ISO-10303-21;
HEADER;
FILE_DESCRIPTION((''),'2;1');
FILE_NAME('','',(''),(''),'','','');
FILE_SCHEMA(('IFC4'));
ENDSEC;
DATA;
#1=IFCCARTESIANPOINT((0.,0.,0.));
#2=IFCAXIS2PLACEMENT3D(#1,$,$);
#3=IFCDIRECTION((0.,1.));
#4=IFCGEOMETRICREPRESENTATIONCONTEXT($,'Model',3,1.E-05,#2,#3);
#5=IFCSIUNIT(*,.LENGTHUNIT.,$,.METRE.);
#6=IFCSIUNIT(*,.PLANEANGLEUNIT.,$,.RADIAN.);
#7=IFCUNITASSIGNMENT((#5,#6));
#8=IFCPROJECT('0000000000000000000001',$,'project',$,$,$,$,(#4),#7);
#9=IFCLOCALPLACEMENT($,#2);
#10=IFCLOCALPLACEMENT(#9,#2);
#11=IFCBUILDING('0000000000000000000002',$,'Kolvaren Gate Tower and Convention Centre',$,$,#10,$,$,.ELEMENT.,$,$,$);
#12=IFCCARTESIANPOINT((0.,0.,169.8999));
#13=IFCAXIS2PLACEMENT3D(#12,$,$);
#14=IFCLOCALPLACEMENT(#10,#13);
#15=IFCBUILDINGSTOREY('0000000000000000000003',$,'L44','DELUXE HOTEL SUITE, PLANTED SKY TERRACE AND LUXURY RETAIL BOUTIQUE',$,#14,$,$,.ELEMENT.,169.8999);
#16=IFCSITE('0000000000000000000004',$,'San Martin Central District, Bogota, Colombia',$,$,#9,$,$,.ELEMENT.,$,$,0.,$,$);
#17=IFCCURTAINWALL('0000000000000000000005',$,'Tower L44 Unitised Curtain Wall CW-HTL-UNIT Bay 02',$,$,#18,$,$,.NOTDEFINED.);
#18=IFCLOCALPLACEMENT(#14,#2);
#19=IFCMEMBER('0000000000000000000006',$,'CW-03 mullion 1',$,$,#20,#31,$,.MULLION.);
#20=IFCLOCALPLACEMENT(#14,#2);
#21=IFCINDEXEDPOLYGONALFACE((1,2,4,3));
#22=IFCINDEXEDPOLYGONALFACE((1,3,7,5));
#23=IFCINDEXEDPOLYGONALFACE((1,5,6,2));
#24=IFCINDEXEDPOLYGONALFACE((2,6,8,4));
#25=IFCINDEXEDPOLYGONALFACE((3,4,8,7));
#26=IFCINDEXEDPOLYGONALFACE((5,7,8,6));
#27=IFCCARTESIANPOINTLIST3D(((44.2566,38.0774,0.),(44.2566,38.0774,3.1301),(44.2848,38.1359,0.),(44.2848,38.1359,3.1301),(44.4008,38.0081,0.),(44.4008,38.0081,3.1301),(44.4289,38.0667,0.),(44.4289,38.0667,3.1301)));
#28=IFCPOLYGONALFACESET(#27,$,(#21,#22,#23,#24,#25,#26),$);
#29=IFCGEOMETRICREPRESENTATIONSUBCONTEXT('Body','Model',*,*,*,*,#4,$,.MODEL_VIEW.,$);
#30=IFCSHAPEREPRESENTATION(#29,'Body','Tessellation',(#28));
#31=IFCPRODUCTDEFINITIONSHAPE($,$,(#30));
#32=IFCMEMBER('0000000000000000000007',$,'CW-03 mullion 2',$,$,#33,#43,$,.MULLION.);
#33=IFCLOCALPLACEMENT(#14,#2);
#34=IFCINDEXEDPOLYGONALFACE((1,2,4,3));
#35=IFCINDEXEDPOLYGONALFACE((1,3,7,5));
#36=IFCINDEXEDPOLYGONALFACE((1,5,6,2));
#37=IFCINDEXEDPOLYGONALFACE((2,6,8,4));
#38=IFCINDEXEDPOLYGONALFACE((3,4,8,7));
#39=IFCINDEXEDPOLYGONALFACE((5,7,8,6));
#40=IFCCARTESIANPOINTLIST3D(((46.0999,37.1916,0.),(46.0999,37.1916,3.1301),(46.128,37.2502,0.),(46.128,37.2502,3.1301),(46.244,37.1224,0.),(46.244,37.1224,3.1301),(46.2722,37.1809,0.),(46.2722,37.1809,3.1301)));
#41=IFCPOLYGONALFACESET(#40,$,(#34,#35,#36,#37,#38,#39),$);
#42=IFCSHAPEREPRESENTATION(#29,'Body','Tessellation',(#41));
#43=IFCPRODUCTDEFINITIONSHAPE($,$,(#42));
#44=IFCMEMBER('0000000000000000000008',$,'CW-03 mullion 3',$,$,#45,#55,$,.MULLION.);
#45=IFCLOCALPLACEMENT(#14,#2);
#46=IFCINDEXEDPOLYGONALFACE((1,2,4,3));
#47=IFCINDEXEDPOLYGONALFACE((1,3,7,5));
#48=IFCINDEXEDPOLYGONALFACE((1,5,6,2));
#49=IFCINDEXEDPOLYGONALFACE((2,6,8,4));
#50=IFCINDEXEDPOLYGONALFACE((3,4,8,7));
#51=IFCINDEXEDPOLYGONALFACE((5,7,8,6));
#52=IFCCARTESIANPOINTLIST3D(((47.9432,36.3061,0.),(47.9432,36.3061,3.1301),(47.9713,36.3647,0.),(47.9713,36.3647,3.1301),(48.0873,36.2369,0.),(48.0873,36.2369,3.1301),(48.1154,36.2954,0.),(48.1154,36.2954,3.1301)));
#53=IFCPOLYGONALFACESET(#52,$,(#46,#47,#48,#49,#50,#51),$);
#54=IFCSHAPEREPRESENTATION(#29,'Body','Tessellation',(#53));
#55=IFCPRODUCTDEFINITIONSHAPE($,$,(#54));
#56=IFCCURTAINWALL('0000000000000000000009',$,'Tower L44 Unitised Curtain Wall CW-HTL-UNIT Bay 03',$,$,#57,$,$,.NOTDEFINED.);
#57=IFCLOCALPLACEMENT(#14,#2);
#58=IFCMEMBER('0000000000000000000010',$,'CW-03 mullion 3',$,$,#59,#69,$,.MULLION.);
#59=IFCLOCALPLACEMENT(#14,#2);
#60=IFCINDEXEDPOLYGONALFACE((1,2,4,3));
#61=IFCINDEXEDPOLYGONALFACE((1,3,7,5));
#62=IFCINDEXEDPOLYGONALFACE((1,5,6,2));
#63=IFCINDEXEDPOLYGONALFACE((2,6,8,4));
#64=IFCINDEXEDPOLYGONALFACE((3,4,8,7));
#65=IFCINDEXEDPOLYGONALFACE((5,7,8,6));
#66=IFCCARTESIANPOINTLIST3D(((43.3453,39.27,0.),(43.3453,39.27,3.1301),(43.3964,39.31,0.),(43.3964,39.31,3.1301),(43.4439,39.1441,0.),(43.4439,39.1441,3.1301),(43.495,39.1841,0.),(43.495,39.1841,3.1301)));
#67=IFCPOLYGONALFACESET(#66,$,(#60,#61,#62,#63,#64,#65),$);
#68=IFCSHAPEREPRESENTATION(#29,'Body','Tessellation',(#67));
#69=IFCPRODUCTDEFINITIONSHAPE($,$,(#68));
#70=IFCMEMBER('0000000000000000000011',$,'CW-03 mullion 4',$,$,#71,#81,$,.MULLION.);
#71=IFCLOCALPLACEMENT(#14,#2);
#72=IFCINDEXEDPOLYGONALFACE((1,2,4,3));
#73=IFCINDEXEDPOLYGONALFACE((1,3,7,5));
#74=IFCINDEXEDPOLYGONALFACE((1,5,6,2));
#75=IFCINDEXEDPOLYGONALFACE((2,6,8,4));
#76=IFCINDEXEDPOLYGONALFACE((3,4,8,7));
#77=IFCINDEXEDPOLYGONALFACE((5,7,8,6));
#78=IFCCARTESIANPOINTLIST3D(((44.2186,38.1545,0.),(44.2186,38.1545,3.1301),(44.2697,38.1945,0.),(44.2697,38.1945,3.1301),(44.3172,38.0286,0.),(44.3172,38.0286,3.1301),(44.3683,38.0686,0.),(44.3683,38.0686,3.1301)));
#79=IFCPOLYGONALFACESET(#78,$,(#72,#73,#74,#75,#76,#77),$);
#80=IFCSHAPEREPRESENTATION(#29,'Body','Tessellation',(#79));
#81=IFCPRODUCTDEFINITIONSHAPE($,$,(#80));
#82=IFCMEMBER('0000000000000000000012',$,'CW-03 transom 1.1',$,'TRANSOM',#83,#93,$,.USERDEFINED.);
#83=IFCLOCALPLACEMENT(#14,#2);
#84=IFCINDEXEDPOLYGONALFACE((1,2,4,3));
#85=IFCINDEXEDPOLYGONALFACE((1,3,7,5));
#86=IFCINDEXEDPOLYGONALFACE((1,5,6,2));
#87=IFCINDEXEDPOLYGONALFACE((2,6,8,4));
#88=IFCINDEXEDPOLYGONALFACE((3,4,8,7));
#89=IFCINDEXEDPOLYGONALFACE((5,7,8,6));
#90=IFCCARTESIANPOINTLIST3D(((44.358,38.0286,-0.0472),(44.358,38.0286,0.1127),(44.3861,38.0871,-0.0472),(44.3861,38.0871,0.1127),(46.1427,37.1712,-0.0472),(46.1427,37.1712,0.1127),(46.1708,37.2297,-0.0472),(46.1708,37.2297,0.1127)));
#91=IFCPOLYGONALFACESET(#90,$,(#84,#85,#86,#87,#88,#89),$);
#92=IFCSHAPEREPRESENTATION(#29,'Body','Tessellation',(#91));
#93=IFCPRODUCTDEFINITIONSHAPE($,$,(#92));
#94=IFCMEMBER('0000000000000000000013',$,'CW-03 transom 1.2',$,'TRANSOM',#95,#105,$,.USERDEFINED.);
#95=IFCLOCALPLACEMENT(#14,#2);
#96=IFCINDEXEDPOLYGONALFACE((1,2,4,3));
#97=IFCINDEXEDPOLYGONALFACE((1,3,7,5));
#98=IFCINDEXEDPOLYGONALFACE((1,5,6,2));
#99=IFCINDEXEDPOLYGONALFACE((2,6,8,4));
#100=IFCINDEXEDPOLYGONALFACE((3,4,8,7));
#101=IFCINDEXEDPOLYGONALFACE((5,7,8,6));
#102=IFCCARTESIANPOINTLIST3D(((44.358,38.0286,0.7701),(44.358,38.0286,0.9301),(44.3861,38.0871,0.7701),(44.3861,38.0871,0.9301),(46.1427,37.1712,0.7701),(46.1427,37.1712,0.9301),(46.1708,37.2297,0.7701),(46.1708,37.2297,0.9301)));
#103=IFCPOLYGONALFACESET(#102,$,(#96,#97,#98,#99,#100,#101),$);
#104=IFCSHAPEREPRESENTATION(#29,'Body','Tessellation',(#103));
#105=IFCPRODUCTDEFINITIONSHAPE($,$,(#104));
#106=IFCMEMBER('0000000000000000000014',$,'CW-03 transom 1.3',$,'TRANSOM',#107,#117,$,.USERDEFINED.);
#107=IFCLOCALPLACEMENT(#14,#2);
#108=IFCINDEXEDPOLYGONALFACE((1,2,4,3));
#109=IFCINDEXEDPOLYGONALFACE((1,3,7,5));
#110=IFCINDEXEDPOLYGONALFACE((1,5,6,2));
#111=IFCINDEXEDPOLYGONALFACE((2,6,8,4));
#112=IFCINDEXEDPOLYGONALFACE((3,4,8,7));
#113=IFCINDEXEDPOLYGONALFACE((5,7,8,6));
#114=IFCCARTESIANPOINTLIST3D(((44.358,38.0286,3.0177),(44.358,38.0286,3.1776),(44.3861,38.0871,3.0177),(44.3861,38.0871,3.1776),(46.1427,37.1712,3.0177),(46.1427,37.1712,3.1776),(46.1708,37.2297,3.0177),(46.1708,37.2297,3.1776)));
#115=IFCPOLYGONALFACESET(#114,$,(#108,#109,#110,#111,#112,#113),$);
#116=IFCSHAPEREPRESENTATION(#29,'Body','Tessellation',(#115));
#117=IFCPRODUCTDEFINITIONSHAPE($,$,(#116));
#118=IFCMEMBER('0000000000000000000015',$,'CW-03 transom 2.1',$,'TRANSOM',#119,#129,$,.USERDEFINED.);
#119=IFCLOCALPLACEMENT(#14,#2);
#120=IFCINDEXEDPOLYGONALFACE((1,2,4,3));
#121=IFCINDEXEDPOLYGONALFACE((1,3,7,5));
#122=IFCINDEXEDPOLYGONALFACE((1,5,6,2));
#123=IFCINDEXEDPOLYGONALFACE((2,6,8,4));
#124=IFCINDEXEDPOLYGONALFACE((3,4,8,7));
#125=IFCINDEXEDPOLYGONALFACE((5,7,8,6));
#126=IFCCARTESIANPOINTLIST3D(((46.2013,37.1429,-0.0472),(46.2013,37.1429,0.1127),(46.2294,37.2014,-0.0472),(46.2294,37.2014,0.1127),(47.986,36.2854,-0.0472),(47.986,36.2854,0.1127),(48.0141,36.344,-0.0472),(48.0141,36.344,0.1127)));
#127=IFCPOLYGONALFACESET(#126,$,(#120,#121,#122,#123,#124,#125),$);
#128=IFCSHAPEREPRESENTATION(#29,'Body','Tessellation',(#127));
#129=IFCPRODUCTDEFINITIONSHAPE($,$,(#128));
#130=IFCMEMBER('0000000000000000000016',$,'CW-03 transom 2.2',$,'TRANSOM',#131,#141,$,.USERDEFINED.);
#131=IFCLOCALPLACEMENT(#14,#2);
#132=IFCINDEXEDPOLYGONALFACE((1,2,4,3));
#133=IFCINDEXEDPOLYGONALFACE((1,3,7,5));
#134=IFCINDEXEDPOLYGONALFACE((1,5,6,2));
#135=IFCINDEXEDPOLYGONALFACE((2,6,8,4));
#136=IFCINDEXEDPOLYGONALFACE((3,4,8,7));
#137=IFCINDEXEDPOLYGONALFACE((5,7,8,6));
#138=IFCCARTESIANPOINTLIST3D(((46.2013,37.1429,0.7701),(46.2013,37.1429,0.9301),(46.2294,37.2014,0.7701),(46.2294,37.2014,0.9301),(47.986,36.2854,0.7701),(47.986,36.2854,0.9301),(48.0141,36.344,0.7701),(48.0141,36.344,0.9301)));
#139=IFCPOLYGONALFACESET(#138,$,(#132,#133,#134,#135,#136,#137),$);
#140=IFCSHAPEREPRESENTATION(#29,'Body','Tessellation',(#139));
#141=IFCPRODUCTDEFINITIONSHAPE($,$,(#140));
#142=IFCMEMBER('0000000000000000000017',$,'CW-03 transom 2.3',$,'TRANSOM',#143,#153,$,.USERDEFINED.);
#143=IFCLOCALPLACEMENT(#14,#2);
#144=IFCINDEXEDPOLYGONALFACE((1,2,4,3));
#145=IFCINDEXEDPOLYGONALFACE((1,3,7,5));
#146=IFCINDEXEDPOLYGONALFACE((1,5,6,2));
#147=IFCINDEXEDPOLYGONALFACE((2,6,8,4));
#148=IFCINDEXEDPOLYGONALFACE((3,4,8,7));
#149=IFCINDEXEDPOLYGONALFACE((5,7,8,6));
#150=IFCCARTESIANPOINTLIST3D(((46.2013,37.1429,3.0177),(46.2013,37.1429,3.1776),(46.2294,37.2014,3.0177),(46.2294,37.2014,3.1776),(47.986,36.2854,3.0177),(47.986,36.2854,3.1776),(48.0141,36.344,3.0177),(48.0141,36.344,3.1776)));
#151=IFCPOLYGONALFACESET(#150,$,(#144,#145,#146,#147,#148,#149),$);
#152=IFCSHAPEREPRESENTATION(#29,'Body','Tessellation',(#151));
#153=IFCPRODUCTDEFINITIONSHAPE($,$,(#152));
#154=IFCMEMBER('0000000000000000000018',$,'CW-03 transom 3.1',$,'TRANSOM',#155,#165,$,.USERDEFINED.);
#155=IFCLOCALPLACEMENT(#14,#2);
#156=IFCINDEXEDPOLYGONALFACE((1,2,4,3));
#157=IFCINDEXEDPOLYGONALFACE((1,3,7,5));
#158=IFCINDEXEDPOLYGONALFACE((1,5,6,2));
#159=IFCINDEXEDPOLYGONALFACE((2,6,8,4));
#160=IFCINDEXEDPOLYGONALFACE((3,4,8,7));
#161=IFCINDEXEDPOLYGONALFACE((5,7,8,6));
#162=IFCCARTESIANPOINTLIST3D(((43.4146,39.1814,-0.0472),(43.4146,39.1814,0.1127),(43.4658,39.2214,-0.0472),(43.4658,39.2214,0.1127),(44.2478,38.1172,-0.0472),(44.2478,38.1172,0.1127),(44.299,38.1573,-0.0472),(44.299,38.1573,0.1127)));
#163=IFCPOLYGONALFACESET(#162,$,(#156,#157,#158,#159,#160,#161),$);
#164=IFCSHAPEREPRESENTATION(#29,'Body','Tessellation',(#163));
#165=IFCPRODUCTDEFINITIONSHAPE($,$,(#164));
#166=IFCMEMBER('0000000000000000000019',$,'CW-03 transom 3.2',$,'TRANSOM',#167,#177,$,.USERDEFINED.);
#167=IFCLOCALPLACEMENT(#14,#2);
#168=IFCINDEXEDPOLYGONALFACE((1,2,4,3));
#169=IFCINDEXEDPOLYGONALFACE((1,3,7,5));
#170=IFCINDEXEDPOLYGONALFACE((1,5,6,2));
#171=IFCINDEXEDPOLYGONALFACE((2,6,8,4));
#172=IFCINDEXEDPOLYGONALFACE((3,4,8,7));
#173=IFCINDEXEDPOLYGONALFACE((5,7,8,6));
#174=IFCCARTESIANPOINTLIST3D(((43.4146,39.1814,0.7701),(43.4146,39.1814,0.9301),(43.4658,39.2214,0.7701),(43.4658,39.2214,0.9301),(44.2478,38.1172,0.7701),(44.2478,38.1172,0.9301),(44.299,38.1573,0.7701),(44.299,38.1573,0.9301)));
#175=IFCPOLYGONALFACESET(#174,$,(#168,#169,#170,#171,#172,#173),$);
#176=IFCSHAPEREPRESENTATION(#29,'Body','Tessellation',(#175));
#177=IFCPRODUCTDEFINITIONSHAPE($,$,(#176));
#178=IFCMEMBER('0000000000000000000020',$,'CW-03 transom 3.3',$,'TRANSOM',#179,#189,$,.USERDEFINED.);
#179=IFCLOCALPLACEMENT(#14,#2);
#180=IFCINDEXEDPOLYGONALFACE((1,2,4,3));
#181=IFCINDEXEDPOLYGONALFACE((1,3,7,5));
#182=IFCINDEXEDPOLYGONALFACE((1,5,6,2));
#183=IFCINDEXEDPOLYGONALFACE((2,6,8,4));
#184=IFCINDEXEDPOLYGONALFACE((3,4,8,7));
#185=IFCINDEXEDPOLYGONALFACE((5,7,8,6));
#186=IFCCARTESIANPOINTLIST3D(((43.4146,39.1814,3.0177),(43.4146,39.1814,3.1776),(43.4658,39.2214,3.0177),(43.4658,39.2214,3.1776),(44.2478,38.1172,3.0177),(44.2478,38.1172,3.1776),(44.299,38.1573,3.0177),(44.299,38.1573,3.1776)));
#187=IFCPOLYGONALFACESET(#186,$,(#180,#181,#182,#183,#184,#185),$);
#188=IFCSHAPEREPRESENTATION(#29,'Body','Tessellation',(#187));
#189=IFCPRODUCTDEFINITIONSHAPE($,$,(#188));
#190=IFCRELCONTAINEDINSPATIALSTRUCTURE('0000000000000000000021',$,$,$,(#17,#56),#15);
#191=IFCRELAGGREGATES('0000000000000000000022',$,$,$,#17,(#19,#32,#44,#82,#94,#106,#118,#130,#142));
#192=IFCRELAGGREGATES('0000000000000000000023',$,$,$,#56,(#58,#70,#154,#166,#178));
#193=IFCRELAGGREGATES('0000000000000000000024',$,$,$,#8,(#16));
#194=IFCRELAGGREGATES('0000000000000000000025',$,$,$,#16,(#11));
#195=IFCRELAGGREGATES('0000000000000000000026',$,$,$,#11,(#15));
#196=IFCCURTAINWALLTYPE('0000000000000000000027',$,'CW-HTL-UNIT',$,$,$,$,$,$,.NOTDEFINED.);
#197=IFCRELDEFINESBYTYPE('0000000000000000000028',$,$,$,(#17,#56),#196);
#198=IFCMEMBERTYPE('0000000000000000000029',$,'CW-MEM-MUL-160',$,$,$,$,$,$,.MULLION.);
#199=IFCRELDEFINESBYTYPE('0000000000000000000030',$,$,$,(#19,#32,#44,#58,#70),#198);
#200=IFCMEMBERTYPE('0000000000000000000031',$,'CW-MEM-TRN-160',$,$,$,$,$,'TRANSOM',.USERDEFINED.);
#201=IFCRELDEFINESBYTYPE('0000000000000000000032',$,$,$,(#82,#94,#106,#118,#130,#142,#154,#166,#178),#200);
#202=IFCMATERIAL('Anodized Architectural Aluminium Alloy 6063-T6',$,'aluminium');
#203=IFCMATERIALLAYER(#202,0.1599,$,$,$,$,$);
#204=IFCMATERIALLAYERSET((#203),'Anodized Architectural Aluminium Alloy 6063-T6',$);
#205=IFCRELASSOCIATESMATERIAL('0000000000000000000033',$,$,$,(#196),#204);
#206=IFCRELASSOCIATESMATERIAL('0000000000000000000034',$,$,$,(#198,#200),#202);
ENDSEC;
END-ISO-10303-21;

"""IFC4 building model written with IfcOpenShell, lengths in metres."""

from ifc_helpers import new_model, si_unit, direction, frame, origin, origin_2d, place, context, subcontext, project, spatial, rectangle, extrude, material, layer, layer_set, material_profile, profile_set, type_object, element, aggregate, save


model = new_model("IFC4")

# Units and contexts
model_context = context("Model", 3, precision=1e-05, world=origin(), true_north=direction((0.0, 1.0)))
body_context = subcontext(model_context, "Body", "Model", "MODEL_VIEW")
ifc_project = project(units=[si_unit("LENGTHUNIT", "METRE"), si_unit("PLANEANGLEUNIT", "RADIAN")], contexts=[model_context])

# Site, building, storey
site_placement = place(None, origin())
site = spatial("IfcSite", under=ifc_project, at=site_placement, Name="San Martin Central District, Bogota, Colombia", CompositionType="ELEMENT", RefElevation=0.0)
building_placement = place(site_placement, origin())
building = spatial("IfcBuilding", under=site, at=building_placement, Name="Kolvaren Gate Tower and Convention Centre", CompositionType="ELEMENT")
storey_placement = place(building_placement, frame((0.0, 0.0, 169.8999)))
storey = spatial("IfcBuildingStorey", under=building, at=storey_placement, Name="L44", Description="DELUXE HOTEL SUITE, PLANTED SKY TERRACE AND LUXURY RETAIL BOUTIQUE", CompositionType="ELEMENT", Elevation=169.8999)

# Curtain walls, members
ifc_material_1 = material(Name="Anodized Architectural Aluminium Alloy 6063-T6", Category="aluminium")
ifc_layer_1 = layer(ifc_material_1, 0.1599)
ifc_layer_set_1 = layer_set([ifc_layer_1], Name="Anodized Architectural Aluminium Alloy 6063-T6")
curtain_wall_type = type_object("IfcCurtainWallType", Name="CW-HTL-UNIT", PredefinedType="NOTDEFINED", material=ifc_layer_set_1)
curtain_wall_1_placement = place(storey_placement, origin())
curtain_wall_1 = element("IfcCurtainWall", 1, at=curtain_wall_1_placement, inside=storey, type_object=curtain_wall_type, Name="Tower L44 Unitised Curtain Wall CW-HTL-UNIT Bay 02", PredefinedType="NOTDEFINED")
ifc_material_profile_1 = material_profile(ifc_material_1, rectangle(XDim=0.0649, YDim=0.1599, at=origin_2d()), Name="CW-MEM-MUL-160")
ifc_profile_set_1 = profile_set([ifc_material_profile_1], Name="Anodized Architectural Aluminium Alloy 6063-T6")
member_type_1 = type_object("IfcMemberType", Name="CW-MEM-MUL-160", PredefinedType="MULLION", material=ifc_profile_set_1)
member_1_placement = place(storey_placement, frame((44.3428, 38.072, 0.0), z_axis=(0.0, 0.0, 1.0), x_axis=(0.433074, 0.901358, 0.0)))
member_1 = element("IfcMember", 2, at=member_1_placement, type_object=member_type_1, Name="CW-03 mullion 1", PredefinedType="MULLION", context=body_context, shape_type="SweptSolid", body=[
    extrude(rectangle(XDim=0.0649, YDim=0.1599, at=origin_2d()), origin(), (0.0, 0.0, 1.0), 3.1301),
])
member_2_placement = place(storey_placement, frame((46.186, 37.1863, 0.0), z_axis=(0.0, 0.0, 1.0), x_axis=(0.433074, 0.901358, 0.0)))
member_2 = element("IfcMember", 3, at=member_2_placement, type_object=member_type_1, Name="CW-03 mullion 2", PredefinedType="MULLION", context=body_context, shape_type="SweptSolid", body=[
    extrude(rectangle(XDim=0.0649, YDim=0.1599, at=origin_2d()), origin(), (0.0, 0.0, 1.0), 3.1301),
])
member_3_placement = place(storey_placement, frame((48.0293, 36.3008, 0.0), z_axis=(0.0, 0.0, 1.0), x_axis=(0.433074, 0.901358, 0.0)))
member_3 = element("IfcMember", 4, at=member_3_placement, type_object=member_type_1, Name="CW-03 mullion 3", PredefinedType="MULLION", context=body_context, shape_type="SweptSolid", body=[
    extrude(rectangle(XDim=0.0649, YDim=0.1599, at=origin_2d()), origin(), (0.0, 0.0, 1.0), 3.1301),
])
curtain_wall_2_placement = place(storey_placement, origin())
curtain_wall_2 = element("IfcCurtainWall", 5, at=curtain_wall_2_placement, inside=storey, type_object=curtain_wall_type, Name="Tower L44 Unitised Curtain Wall CW-HTL-UNIT Bay 03", PredefinedType="NOTDEFINED")
member_4_placement = place(storey_placement, frame((43.4202, 39.2271, 0.0), z_axis=(0.0, 0.0, 1.0), x_axis=(0.787404, 0.616438, 0.0)))
member_4 = element("IfcMember", 6, at=member_4_placement, type_object=member_type_1, Name="CW-03 mullion 3", PredefinedType="MULLION", context=body_context, shape_type="SweptSolid", body=[
    extrude(rectangle(XDim=0.0649, YDim=0.1599, at=origin_2d()), origin(), (0.0, 0.0, 1.0), 3.1301),
])
member_5_placement = place(storey_placement, frame((44.2935, 38.1116, 0.0), z_axis=(0.0, 0.0, 1.0), x_axis=(0.787404, 0.616438, 0.0)))
member_5 = element("IfcMember", 7, at=member_5_placement, type_object=member_type_1, Name="CW-03 mullion 4", PredefinedType="MULLION", context=body_context, shape_type="SweptSolid", body=[
    extrude(rectangle(XDim=0.0649, YDim=0.1599, at=origin_2d()), origin(), (0.0, 0.0, 1.0), 3.1301),
])

# Members
ifc_material_profile_2 = material_profile(ifc_material_1, rectangle(XDim=0.0649, YDim=0.1599, at=origin_2d()), Name="CW-MEM-TRN-160")
ifc_profile_set_2 = profile_set([ifc_material_profile_2], Name="Anodized Architectural Aluminium Alloy 6063-T6")
member_type_2 = type_object("IfcMemberType", Name="CW-MEM-TRN-160", ElementType="TRANSOM", PredefinedType="USERDEFINED", material=ifc_profile_set_2)
member_6_placement = place(storey_placement, frame((44.3721, 38.0579, 0.0327), z_axis=(0.901369, -0.433052, 0.0), x_axis=(0.433052, 0.901369, 0.0)))
member_6 = element("IfcMember", 8, at=member_6_placement, type_object=member_type_2, Name="CW-03 transom 1.1", ObjectType="TRANSOM", PredefinedType="USERDEFINED", context=body_context, shape_type="SweptSolid", body=[
    extrude(rectangle(XDim=0.0649, YDim=0.1599, at=origin_2d()), origin(), (0.0, 0.0, 1.0), 1.98),
])
member_7_placement = place(storey_placement, frame((44.3721, 38.0579, 0.8501), z_axis=(0.901369, -0.433052, 0.0), x_axis=(0.433052, 0.901369, 0.0)))
member_7 = element("IfcMember", 9, at=member_7_placement, type_object=member_type_2, Name="CW-03 transom 1.2", ObjectType="TRANSOM", PredefinedType="USERDEFINED", context=body_context, shape_type="SweptSolid", body=[
    extrude(rectangle(XDim=0.0649, YDim=0.1599, at=origin_2d()), origin(), (0.0, 0.0, 1.0), 1.98),
])
member_8_placement = place(storey_placement, frame((44.3721, 38.0579, 3.0977), z_axis=(0.901369, -0.433052, 0.0), x_axis=(0.433052, 0.901369, 0.0)))
member_8 = element("IfcMember", 10, at=member_8_placement, type_object=member_type_2, Name="CW-03 transom 1.3", ObjectType="TRANSOM", PredefinedType="USERDEFINED", context=body_context, shape_type="SweptSolid", body=[
    extrude(rectangle(XDim=0.0649, YDim=0.1599, at=origin_2d()), origin(), (0.0, 0.0, 1.0), 1.98),
])
member_9_placement = place(storey_placement, frame((46.2153, 37.1721, 0.0327), z_axis=(0.901369, -0.433052, 0.0), x_axis=(0.433052, 0.901369, 0.0)))
member_9 = element("IfcMember", 11, at=member_9_placement, type_object=member_type_2, Name="CW-03 transom 2.1", ObjectType="TRANSOM", PredefinedType="USERDEFINED", context=body_context, shape_type="SweptSolid", body=[
    extrude(rectangle(XDim=0.0649, YDim=0.1599, at=origin_2d()), origin(), (0.0, 0.0, 1.0), 1.98),
])
member_10_placement = place(storey_placement, frame((46.2153, 37.1721, 0.8501), z_axis=(0.901369, -0.433052, 0.0), x_axis=(0.433052, 0.901369, 0.0)))
member_10 = element("IfcMember", 12, at=member_10_placement, type_object=member_type_2, Name="CW-03 transom 2.2", ObjectType="TRANSOM", PredefinedType="USERDEFINED", context=body_context, shape_type="SweptSolid", body=[
    extrude(rectangle(XDim=0.0649, YDim=0.1599, at=origin_2d()), origin(), (0.0, 0.0, 1.0), 1.98),
])
member_11_placement = place(storey_placement, frame((46.2153, 37.1721, 3.0977), z_axis=(0.901369, -0.433052, 0.0), x_axis=(0.433052, 0.901369, 0.0)))
member_11 = element("IfcMember", 13, at=member_11_placement, type_object=member_type_2, Name="CW-03 transom 2.3", ObjectType="TRANSOM", PredefinedType="USERDEFINED", context=body_context, shape_type="SweptSolid", body=[
    extrude(rectangle(XDim=0.0649, YDim=0.1599, at=origin_2d()), origin(), (0.0, 0.0, 1.0), 1.98),
])
member_12_placement = place(storey_placement, frame((43.4402, 39.2014, 0.0327), z_axis=(0.616488, -0.787364, 0.0), x_axis=(0.787364, 0.616488, 0.0)))
member_12 = element("IfcMember", 14, at=member_12_placement, type_object=member_type_2, Name="CW-03 transom 3.1", ObjectType="TRANSOM", PredefinedType="USERDEFINED", context=body_context, shape_type="SweptSolid", body=[
    extrude(rectangle(XDim=0.0649, YDim=0.1599, at=origin_2d()), origin(), (0.0, 0.0, 1.0), 1.3516),
])
member_13_placement = place(storey_placement, frame((43.4402, 39.2014, 0.8501), z_axis=(0.616488, -0.787364, 0.0), x_axis=(0.787364, 0.616488, 0.0)))
member_13 = element("IfcMember", 15, at=member_13_placement, type_object=member_type_2, Name="CW-03 transom 3.2", ObjectType="TRANSOM", PredefinedType="USERDEFINED", context=body_context, shape_type="SweptSolid", body=[
    extrude(rectangle(XDim=0.0649, YDim=0.1599, at=origin_2d()), origin(), (0.0, 0.0, 1.0), 1.3516),
])
member_14_placement = place(storey_placement, frame((43.4402, 39.2014, 3.0977), z_axis=(0.616488, -0.787364, 0.0), x_axis=(0.787364, 0.616488, 0.0)))
member_14 = element("IfcMember", 16, at=member_14_placement, type_object=member_type_2, Name="CW-03 transom 3.3", ObjectType="TRANSOM", PredefinedType="USERDEFINED", context=body_context, shape_type="SweptSolid", body=[
    extrude(rectangle(XDim=0.0649, YDim=0.1599, at=origin_2d()), origin(), (0.0, 0.0, 1.0), 1.3516),
])

aggregate(curtain_wall_1, [member_1, member_2, member_3, member_6, member_7, member_8, member_9, member_10, member_11])
aggregate(curtain_wall_2, [member_4, member_5, member_12, member_13, member_14])

save(model, "model.ifc")
